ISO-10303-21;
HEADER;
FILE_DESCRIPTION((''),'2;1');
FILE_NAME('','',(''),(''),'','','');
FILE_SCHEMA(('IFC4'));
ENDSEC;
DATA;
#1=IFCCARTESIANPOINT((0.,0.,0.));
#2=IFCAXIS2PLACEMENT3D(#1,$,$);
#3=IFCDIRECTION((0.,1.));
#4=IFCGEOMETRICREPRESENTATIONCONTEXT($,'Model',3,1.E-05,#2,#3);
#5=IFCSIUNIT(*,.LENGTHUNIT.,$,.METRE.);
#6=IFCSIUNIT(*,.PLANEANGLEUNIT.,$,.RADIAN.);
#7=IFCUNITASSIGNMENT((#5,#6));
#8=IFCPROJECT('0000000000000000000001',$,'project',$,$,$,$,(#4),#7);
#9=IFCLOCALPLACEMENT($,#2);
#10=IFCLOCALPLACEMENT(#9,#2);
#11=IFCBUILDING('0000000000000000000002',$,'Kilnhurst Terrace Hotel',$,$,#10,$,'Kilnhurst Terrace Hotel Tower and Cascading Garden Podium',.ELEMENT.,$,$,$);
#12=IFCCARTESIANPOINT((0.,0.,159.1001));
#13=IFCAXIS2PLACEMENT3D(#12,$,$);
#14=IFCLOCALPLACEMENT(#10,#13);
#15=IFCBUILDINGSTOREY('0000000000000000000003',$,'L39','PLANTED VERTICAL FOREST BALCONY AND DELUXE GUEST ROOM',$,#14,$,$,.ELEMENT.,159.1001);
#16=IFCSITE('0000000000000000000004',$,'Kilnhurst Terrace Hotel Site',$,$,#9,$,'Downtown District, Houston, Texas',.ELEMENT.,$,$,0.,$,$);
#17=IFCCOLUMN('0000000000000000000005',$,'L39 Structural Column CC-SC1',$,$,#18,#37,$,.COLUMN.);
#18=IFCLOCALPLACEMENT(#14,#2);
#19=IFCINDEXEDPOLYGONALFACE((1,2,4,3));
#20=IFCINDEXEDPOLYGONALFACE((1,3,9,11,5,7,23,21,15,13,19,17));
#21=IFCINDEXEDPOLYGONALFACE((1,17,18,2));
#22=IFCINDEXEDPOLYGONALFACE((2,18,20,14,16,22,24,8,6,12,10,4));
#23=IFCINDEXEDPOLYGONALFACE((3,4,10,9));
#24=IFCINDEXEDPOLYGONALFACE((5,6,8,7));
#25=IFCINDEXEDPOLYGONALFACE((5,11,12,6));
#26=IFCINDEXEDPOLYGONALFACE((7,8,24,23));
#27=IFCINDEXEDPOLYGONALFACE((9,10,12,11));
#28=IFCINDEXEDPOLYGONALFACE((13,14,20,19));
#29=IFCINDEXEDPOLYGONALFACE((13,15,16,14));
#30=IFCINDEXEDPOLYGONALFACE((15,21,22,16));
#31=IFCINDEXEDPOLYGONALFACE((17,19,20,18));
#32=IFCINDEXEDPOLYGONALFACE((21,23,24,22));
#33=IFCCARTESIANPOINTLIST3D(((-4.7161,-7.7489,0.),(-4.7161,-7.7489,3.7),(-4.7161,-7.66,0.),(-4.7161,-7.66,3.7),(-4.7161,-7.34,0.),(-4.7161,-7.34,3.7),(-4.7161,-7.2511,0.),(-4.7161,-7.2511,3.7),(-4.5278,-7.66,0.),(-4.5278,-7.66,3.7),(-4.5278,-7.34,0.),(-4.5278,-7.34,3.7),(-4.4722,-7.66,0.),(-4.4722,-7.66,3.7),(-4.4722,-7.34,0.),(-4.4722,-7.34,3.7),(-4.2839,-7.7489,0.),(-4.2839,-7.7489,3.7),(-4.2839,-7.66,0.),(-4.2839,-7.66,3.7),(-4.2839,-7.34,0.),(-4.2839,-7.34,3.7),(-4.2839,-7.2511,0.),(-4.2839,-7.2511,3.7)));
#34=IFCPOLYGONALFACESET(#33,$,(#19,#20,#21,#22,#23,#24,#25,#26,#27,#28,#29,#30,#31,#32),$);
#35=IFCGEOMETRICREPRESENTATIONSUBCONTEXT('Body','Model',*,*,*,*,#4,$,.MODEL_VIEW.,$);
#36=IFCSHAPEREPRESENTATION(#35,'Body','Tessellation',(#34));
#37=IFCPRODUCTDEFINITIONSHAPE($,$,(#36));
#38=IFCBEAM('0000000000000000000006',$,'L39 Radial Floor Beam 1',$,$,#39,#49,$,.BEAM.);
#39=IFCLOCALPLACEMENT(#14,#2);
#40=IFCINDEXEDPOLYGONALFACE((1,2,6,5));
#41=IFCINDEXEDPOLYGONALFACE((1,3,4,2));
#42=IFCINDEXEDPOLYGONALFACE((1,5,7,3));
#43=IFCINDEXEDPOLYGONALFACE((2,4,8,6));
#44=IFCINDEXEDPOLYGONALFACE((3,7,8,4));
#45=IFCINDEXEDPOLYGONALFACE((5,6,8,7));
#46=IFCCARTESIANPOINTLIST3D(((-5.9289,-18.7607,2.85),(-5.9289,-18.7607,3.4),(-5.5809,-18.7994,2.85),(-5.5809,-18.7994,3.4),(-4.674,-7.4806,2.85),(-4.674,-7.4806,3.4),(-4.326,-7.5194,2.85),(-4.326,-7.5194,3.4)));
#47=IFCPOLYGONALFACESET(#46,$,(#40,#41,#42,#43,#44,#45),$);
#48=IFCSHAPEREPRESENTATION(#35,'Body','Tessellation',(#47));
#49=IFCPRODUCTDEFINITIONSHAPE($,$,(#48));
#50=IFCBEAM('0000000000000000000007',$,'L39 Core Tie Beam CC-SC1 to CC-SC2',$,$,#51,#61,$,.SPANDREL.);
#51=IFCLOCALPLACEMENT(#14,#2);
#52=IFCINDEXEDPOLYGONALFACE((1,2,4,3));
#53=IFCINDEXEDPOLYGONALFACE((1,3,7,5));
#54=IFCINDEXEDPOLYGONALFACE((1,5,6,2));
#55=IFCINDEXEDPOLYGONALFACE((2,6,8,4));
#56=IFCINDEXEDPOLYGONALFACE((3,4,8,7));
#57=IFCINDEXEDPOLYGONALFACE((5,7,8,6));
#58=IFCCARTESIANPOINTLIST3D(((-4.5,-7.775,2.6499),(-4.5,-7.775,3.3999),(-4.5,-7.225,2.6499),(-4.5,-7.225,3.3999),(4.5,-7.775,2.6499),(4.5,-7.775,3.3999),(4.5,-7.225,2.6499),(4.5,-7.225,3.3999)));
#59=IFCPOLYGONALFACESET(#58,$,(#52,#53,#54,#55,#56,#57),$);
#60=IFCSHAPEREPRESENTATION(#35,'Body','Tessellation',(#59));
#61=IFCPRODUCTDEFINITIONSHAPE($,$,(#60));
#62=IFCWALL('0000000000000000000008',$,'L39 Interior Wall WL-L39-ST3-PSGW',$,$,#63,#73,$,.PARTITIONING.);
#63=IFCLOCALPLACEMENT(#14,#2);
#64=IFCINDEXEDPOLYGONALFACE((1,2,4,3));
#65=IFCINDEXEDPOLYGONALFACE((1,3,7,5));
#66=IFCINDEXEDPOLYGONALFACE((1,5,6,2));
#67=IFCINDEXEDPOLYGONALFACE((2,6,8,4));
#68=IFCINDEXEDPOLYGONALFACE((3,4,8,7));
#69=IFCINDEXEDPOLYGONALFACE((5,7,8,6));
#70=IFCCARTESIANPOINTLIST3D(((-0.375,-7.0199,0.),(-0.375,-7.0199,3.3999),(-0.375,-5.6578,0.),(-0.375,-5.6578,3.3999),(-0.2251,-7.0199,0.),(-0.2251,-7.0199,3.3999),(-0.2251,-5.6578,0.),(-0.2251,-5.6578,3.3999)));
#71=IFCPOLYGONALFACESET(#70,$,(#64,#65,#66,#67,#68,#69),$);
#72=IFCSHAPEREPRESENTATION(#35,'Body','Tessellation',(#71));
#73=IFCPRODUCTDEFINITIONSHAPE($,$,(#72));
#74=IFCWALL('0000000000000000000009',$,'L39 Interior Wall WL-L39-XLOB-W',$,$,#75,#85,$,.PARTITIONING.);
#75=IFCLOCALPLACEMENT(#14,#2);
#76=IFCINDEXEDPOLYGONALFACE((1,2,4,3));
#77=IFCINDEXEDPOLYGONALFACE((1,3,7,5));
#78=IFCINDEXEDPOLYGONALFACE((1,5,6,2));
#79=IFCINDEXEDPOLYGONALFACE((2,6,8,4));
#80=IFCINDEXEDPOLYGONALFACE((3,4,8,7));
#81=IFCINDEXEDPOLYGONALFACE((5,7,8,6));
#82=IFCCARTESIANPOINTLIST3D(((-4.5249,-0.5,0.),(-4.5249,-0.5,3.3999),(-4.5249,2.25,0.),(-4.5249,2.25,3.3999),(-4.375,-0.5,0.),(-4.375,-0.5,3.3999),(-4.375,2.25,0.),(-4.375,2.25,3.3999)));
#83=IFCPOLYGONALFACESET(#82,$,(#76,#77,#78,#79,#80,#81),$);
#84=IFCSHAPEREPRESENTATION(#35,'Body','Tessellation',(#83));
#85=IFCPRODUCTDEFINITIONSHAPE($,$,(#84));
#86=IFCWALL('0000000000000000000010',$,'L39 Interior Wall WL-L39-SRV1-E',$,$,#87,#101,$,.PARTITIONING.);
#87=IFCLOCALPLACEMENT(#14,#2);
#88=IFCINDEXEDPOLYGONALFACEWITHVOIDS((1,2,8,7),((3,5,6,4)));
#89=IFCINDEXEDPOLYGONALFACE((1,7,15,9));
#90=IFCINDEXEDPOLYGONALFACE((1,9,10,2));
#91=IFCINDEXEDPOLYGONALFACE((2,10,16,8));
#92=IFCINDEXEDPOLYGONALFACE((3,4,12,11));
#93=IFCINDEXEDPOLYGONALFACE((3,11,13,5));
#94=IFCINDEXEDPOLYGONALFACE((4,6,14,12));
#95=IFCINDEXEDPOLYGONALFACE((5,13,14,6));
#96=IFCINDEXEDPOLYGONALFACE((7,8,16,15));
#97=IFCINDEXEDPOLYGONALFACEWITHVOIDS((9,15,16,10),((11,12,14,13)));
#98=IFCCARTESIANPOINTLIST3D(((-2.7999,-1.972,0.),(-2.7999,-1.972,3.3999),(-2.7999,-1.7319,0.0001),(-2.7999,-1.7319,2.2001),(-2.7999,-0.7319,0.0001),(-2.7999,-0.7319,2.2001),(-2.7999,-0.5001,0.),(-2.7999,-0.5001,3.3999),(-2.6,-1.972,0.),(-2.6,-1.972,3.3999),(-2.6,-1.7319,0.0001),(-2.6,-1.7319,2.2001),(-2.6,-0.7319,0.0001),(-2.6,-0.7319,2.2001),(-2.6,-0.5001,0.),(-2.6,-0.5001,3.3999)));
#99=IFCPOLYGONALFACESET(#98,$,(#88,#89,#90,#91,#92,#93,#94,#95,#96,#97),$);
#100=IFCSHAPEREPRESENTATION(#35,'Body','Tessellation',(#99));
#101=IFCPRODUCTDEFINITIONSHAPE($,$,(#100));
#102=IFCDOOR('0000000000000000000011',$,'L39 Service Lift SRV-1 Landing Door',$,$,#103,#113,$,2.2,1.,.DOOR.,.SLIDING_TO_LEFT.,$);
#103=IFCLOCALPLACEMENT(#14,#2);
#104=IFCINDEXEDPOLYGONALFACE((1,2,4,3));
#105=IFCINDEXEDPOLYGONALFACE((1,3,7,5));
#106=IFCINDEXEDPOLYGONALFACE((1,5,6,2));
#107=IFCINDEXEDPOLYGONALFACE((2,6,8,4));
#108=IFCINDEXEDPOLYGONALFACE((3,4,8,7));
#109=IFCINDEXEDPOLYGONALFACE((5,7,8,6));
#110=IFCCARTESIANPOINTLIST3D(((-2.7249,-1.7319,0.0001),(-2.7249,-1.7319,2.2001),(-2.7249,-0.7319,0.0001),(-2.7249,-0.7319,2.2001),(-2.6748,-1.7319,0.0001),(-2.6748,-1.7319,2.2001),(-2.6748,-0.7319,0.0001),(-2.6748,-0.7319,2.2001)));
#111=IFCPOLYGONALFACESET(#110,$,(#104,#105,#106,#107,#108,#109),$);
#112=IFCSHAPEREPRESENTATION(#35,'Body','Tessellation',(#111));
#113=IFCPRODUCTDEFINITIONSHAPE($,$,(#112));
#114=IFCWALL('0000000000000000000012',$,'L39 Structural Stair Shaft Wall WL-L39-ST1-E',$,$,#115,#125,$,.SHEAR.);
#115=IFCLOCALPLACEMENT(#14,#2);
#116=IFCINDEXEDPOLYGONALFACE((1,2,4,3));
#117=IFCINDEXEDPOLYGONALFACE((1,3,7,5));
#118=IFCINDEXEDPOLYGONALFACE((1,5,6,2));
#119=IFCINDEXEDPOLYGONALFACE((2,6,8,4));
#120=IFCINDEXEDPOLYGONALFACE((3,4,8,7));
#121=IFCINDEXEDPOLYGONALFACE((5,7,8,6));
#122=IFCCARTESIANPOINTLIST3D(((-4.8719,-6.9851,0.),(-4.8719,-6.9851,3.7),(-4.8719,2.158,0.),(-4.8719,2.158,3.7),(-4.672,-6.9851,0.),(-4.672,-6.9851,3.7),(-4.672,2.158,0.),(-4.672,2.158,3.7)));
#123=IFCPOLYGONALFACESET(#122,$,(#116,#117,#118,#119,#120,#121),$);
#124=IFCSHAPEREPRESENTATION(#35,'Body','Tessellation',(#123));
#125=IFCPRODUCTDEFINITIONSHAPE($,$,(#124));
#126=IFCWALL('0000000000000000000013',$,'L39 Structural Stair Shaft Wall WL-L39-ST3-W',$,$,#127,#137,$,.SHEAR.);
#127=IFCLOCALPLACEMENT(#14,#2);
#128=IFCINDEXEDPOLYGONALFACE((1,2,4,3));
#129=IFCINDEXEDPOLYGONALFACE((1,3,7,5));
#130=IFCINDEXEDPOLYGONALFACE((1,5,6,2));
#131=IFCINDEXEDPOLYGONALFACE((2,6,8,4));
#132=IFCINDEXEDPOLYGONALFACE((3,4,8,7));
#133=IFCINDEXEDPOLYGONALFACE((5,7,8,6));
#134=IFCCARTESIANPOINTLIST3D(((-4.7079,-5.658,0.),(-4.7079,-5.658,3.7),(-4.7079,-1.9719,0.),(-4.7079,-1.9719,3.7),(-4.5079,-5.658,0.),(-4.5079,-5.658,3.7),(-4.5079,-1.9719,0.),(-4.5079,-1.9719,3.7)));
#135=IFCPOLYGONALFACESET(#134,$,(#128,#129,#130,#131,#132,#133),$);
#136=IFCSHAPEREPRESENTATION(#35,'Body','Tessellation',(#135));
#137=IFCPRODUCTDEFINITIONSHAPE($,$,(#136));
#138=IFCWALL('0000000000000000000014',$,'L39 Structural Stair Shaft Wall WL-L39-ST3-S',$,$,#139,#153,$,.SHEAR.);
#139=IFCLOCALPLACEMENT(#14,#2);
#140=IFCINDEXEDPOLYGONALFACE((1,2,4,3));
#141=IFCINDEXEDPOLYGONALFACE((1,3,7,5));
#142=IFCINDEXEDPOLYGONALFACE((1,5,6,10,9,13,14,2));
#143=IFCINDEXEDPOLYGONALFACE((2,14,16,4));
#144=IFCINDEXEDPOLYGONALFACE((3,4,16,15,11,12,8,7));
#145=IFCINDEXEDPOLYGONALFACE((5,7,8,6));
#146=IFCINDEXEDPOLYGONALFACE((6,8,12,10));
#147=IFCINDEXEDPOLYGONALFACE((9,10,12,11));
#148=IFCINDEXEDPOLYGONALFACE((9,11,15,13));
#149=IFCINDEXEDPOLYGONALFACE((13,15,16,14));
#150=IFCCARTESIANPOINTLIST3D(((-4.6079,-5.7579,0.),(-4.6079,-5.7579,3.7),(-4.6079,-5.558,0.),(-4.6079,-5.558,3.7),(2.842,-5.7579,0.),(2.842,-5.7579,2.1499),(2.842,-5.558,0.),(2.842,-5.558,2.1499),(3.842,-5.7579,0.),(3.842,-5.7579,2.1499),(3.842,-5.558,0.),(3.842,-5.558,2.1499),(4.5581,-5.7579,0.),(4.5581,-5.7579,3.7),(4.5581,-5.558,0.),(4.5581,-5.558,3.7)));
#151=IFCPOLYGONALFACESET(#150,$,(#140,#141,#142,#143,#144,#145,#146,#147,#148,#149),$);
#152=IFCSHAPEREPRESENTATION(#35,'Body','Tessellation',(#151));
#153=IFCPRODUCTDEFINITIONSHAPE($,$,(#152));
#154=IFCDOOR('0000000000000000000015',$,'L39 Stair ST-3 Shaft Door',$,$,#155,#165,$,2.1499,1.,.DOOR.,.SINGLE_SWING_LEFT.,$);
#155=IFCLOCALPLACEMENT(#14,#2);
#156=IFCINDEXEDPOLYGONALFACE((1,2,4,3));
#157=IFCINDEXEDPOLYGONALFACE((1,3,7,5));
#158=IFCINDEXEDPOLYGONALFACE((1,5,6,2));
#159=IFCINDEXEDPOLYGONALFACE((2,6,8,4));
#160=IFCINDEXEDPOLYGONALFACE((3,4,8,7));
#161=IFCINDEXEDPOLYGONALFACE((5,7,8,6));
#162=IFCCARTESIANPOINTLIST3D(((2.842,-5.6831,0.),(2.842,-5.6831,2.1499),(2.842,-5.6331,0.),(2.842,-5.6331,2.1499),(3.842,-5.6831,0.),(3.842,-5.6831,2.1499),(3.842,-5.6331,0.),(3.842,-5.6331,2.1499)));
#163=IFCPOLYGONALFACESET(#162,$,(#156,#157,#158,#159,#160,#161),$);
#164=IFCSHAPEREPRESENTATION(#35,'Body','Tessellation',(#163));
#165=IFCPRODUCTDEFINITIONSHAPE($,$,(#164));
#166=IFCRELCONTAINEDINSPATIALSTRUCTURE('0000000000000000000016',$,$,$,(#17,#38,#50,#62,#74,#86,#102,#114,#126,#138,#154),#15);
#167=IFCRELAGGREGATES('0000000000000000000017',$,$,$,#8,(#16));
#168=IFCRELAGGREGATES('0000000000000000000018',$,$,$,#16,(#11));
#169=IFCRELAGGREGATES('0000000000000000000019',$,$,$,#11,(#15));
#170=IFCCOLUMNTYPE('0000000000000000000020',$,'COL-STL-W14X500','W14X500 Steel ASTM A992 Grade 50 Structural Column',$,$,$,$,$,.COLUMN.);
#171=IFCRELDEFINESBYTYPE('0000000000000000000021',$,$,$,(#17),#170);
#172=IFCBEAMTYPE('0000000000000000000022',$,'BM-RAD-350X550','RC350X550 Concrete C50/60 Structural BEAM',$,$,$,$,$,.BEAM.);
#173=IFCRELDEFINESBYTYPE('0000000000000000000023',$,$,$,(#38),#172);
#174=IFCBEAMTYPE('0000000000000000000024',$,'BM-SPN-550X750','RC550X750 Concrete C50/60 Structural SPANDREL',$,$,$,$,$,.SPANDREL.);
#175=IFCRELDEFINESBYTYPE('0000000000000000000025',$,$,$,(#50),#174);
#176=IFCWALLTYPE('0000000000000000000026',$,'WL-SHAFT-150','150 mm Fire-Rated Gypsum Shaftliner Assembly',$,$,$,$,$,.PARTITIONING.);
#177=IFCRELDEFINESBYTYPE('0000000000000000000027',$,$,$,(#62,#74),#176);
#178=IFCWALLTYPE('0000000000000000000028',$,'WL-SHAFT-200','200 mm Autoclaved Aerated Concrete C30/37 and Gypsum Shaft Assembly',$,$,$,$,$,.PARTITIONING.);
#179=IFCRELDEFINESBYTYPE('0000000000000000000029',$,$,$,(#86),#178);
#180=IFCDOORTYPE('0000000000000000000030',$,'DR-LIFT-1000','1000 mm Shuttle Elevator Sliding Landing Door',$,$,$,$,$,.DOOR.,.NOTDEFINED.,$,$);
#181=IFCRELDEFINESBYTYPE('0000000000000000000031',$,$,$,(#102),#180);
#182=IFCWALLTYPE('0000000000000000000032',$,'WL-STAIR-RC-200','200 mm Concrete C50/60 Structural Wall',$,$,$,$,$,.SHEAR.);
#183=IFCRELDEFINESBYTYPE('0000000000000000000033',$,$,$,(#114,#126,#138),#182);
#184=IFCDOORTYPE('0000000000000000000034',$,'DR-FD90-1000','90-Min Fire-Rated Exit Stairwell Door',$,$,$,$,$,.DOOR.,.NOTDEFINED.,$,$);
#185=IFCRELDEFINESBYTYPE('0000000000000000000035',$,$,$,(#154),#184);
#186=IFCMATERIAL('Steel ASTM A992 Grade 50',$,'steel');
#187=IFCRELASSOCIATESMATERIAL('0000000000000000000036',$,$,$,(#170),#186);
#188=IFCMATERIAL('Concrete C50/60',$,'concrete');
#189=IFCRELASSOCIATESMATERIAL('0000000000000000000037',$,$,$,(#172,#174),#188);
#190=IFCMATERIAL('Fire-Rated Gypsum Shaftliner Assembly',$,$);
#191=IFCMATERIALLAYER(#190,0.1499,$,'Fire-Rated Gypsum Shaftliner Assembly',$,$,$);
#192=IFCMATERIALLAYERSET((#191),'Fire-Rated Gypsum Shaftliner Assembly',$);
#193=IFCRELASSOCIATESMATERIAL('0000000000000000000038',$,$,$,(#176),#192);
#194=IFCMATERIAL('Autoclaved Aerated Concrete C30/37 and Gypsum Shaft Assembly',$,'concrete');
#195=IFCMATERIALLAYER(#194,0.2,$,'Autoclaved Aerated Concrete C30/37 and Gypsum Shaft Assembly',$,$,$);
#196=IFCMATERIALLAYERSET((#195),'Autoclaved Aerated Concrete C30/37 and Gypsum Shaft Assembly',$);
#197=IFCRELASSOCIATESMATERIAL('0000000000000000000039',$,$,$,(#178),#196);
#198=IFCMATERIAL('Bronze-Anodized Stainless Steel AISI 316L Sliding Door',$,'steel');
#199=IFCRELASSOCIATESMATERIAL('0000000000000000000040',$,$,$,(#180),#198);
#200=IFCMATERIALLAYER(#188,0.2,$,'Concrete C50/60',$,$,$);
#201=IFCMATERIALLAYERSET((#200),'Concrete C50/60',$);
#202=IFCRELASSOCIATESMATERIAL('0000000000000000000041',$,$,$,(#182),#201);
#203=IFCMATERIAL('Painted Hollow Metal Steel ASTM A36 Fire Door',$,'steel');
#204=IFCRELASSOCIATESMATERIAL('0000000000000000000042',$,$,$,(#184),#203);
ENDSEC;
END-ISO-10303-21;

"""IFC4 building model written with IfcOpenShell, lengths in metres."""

from ifc_helpers import new_model, si_unit, direction, frame, frame_2d, origin, origin_2d, place, context, subcontext, project, spatial, rectangle, i_section, extrude, material, layer, layer_set, material_profile, profile_set, type_object, element, fill, save


model = new_model("IFC4")

# Units and contexts
model_context = context("Model", 3, precision=1e-05, world=origin(), true_north=direction((0.0, 1.0)))
body_context = subcontext(model_context, "Body", "Model", "MODEL_VIEW")
ifc_project = project(units=[si_unit("LENGTHUNIT", "METRE"), si_unit("PLANEANGLEUNIT", "RADIAN")], contexts=[model_context])

# Site, building, storey
site_placement = place(None, origin())
site = spatial("IfcSite", under=ifc_project, at=site_placement, Name="Kilnhurst Terrace Hotel Site", LongName="Downtown District, Houston, Texas", CompositionType="ELEMENT", RefElevation=0.0)
building_placement = place(site_placement, origin())
building = spatial("IfcBuilding", under=site, at=building_placement, Name="Kilnhurst Terrace Hotel", LongName="Kilnhurst Terrace Hotel Tower and Cascading Garden Podium", CompositionType="ELEMENT")
storey_placement = place(building_placement, frame((0.0, 0.0, 159.1001)))
storey = spatial("IfcBuildingStorey", under=building, at=storey_placement, Name="L39", Description="PLANTED VERTICAL FOREST BALCONY AND DELUXE GUEST ROOM", CompositionType="ELEMENT", Elevation=159.1001)

# Column
ifc_material_1 = material(Name="Steel ASTM A992 Grade 50", Category="steel")
ifc_material_profile_1 = material_profile(ifc_material_1, i_section(OverallWidth=0.4321, OverallDepth=0.4978, WebThickness=0.0557, FlangeThickness=0.0889, at=origin_2d()), Name="W14X500")
ifc_profile_set_1 = profile_set([ifc_material_profile_1], Name="Steel ASTM A992 Grade 50")
column_type = type_object("IfcColumnType", Name="COL-STL-W14X500", Description="W14X500 Steel ASTM A992 Grade 50 Structural Column", PredefinedType="COLUMN", material=ifc_profile_set_1)
column_placement = place(storey_placement, frame((-4.5, -7.5, 0.0), z_axis=(0.0, 0.0, 1.0), x_axis=(1.0, 0.0, 0.0)))
element("IfcColumn", 1, at=column_placement, inside=storey, type_object=column_type, Name="L39 Structural Column CC-SC1", PredefinedType="COLUMN", context=body_context, shape_type="SweptSolid", body=[
    extrude(i_section(OverallWidth=0.4321, OverallDepth=0.4978, WebThickness=0.0557, FlangeThickness=0.0889, at=origin_2d()), origin(), (0.0, 0.0, 1.0), 3.7),
])

# Beams
ifc_material_2 = material(Name="Concrete C50/60", Category="concrete")
ifc_material_profile_2 = material_profile(ifc_material_2, rectangle(XDim=0.3501, YDim=0.55, at=origin_2d()), Name="RC350X550")
ifc_profile_set_2 = profile_set([ifc_material_profile_2], Name="Concrete C50/60")
beam_type_1 = type_object("IfcBeamType", Name="BM-RAD-350X550", Description="RC350X550 Concrete C50/60 Structural BEAM", PredefinedType="BEAM", material=ifc_profile_set_2)
beam_1_placement = place(storey_placement, frame((-4.5, -7.5, 3.125), z_axis=(-0.110566, -0.993869, 0.0), x_axis=(0.993869, -0.110566, 0.0)))
element("IfcBeam", 2, at=beam_1_placement, inside=storey, type_object=beam_type_1, Name="L39 Radial Floor Beam 1", PredefinedType="BEAM", context=body_context, shape_type="SweptSolid", body=[
    extrude(rectangle(XDim=0.3501, YDim=0.55, at=origin_2d()), origin(), (0.0, 0.0, 1.0), 11.3496),
])
ifc_material_profile_3 = material_profile(ifc_material_2, rectangle(XDim=0.55, YDim=0.75, at=origin_2d()), Name="RC550X750")
ifc_profile_set_3 = profile_set([ifc_material_profile_3], Name="Concrete C50/60")
beam_type_2 = type_object("IfcBeamType", Name="BM-SPN-550X750", Description="RC550X750 Concrete C50/60 Structural SPANDREL", PredefinedType="SPANDREL", material=ifc_profile_set_3)
beam_2_placement = place(storey_placement, frame((-4.5, -7.5, 3.0249), z_axis=(1.0, 0.0, 0.0), x_axis=(0.0, 1.0, 0.0)))
element("IfcBeam", 3, at=beam_2_placement, inside=storey, type_object=beam_type_2, Name="L39 Core Tie Beam CC-SC1 to CC-SC2", PredefinedType="SPANDREL", context=body_context, shape_type="SweptSolid", body=[
    extrude(rectangle(XDim=0.55, YDim=0.75, at=origin_2d()), origin(), (0.0, 0.0, 1.0), 9.0),
])

# Walls
ifc_material_3 = material(Name="Fire-Rated Gypsum Shaftliner Assembly")
ifc_layer_1 = layer(ifc_material_3, 0.1499, Name="Fire-Rated Gypsum Shaftliner Assembly")
ifc_layer_set_1 = layer_set([ifc_layer_1], Name="Fire-Rated Gypsum Shaftliner Assembly")
wall_type_1 = type_object("IfcWallType", Name="WL-SHAFT-150", Description="150 mm Fire-Rated Gypsum Shaftliner Assembly", PredefinedType="PARTITIONING", material=ifc_layer_set_1)
wall_1_placement = place(storey_placement, frame((-0.3, -7.02, 0.0), z_axis=(0.0, 0.0, 1.0), x_axis=(0.0, 1.0, 0.0)))
element("IfcWall", 4, at=wall_1_placement, inside=storey, type_object=wall_type_1, Name="L39 Interior Wall WL-L39-ST3-PSGW", PredefinedType="PARTITIONING", context=body_context, shape_type="SweptSolid", body=[
    extrude(rectangle(XDim=1.3621, YDim=0.1499, at=frame_2d((0.6812, 0.0))), origin(), (0.0, 0.0, 1.0), 3.3999),
])
wall_2_placement = place(storey_placement, frame((-4.45, -0.5, 0.0), z_axis=(0.0, 0.0, 1.0), x_axis=(0.0, 1.0, 0.0)))
element("IfcWall", 5, at=wall_2_placement, inside=storey, type_object=wall_type_1, Name="L39 Interior Wall WL-L39-XLOB-W", PredefinedType="PARTITIONING", context=body_context, shape_type="SweptSolid", body=[
    extrude(rectangle(XDim=2.75, YDim=0.1499, at=frame_2d((1.375, 0.0))), origin(), (0.0, 0.0, 1.0), 3.3999),
])

# Wall, opening, door
ifc_material_4 = material(Name="Autoclaved Aerated Concrete C30/37 and Gypsum Shaft Assembly", Category="concrete")
ifc_layer_2 = layer(ifc_material_4, 0.2, Name="Autoclaved Aerated Concrete C30/37 and Gypsum Shaft Assembly")
ifc_layer_set_2 = layer_set([ifc_layer_2], Name="Autoclaved Aerated Concrete C30/37 and Gypsum Shaft Assembly")
wall_type_2 = type_object("IfcWallType", Name="WL-SHAFT-200", Description="200 mm Autoclaved Aerated Concrete C30/37 and Gypsum Shaft Assembly", PredefinedType="PARTITIONING", material=ifc_layer_set_2)
wall_3_placement = place(storey_placement, frame((-2.7, -1.9719, 0.0), z_axis=(0.0, 0.0, 1.0), x_axis=(0.0, 1.0, 0.0)))
wall_3 = element("IfcWall", 6, at=wall_3_placement, inside=storey, type_object=wall_type_2, Name="L39 Interior Wall WL-L39-SRV1-E", PredefinedType="PARTITIONING", context=body_context, shape_type="SweptSolid", body=[
    extrude(rectangle(XDim=1.4719, YDim=0.2, at=frame_2d((0.7358, 0.0))), origin(), (0.0, 0.0, 1.0), 3.3999),
])
opening_1_placement = place(wall_3_placement, frame((0.24, 0.0, 0.0)))
opening_1 = element("IfcOpeningElement", 7, at=opening_1_placement, cuts=wall_3, PredefinedType="OPENING", context=body_context, shape_type="SweptSolid", body=[
    extrude(rectangle(XDim=1.0, YDim=2.2, at=frame_2d((0.5, 1.1001))), frame((0.0, 0.1099, 0.0), z_axis=(0.0, -1.0, 0.0), x_axis=(1.0, 0.0, 0.0)), (0.0, 0.0, 1.0), 0.22),
])
ifc_material_5 = material(Name="Bronze-Anodized Stainless Steel AISI 316L Sliding Door", Category="steel")
door_type_1 = type_object("IfcDoorType", Name="DR-LIFT-1000", Description="1000 mm Shuttle Elevator Sliding Landing Door", OperationType="NOTDEFINED", PredefinedType="DOOR", material=ifc_material_5)
door_1_placement = place(opening_1_placement, origin())
door_1 = element("IfcDoor", 8, at=door_1_placement, inside=storey, type_object=door_type_1, Name="L39 Service Lift SRV-1 Landing Door", OperationType="SLIDING_TO_LEFT", OverallHeight=2.2, OverallWidth=1.0, PredefinedType="DOOR", context=body_context, shape_type="SweptSolid", body=[
    extrude(rectangle(XDim=1.0, YDim=2.2, at=frame_2d((0.5, 1.1001))), frame((0.0, 0.0249, 0.0), z_axis=(0.0, -1.0, 0.0), x_axis=(1.0, 0.0, 0.0)), (0.0, 0.0, 1.0), 0.05),
])
fill(opening_1, door_1)

# Walls
ifc_layer_3 = layer(ifc_material_2, 0.2, Name="Concrete C50/60")
ifc_layer_set_3 = layer_set([ifc_layer_3], Name="Concrete C50/60")
wall_type_3 = type_object("IfcWallType", Name="WL-STAIR-RC-200", Description="200 mm Concrete C50/60 Structural Wall", PredefinedType="SHEAR", material=ifc_layer_set_3)
wall_4_placement = place(storey_placement, frame((-4.772, -6.9851, 0.0), z_axis=(0.0, 0.0, 1.0), x_axis=(0.0, 1.0, 0.0)))
element("IfcWall", 9, at=wall_4_placement, inside=storey, type_object=wall_type_3, Name="L39 Structural Stair Shaft Wall WL-L39-ST1-E", PredefinedType="SHEAR", context=body_context, shape_type="SweptSolid", body=[
    extrude(rectangle(XDim=9.1431, YDim=0.2, at=frame_2d((4.5715, 0.0))), origin(), (0.0, 0.0, 1.0), 3.7),
])
wall_5_placement = place(storey_placement, frame((-4.6079, -5.658, 0.0), z_axis=(0.0, 0.0, 1.0), x_axis=(0.0, 1.0, 0.0)))
element("IfcWall", 10, at=wall_5_placement, inside=storey, type_object=wall_type_3, Name="L39 Structural Stair Shaft Wall WL-L39-ST3-W", PredefinedType="SHEAR", context=body_context, shape_type="SweptSolid", body=[
    extrude(rectangle(XDim=3.686, YDim=0.2, at=frame_2d((1.843, 0.0))), origin(), (0.0, 0.0, 1.0), 3.7),
])

# Wall, opening, door
wall_6_placement = place(storey_placement, frame((-4.6079, -5.658, 0.0), z_axis=(0.0, 0.0, 1.0), x_axis=(1.0, 0.0, 0.0)))
wall_6 = element("IfcWall", 11, at=wall_6_placement, inside=storey, type_object=wall_type_3, Name="L39 Structural Stair Shaft Wall WL-L39-ST3-S", PredefinedType="SHEAR", context=body_context, shape_type="SweptSolid", body=[
    extrude(rectangle(XDim=9.166, YDim=0.2, at=frame_2d((4.583, 0.0))), origin(), (0.0, 0.0, 1.0), 3.7),
])
opening_2_placement = place(wall_6_placement, frame((7.45, 0.0, 0.0)))
opening_2 = element("IfcOpeningElement", 12, at=opening_2_placement, cuts=wall_6, PredefinedType="OPENING", context=body_context, shape_type="SweptSolid", body=[
    extrude(rectangle(XDim=1.0, YDim=2.1499, at=frame_2d((0.5, 1.075))), frame((0.0, 0.1099, 0.0), z_axis=(0.0, -1.0, 0.0), x_axis=(1.0, 0.0, 0.0)), (0.0, 0.0, 1.0), 0.22),
])
ifc_material_6 = material(Name="Painted Hollow Metal Steel ASTM A36 Fire Door", Category="steel")
door_type_2 = type_object("IfcDoorType", Name="DR-FD90-1000", Description="90-Min Fire-Rated Exit Stairwell Door", OperationType="NOTDEFINED", PredefinedType="DOOR", material=ifc_material_6)
door_2_placement = place(opening_2_placement, origin())
door_2 = element("IfcDoor", 13, at=door_2_placement, inside=storey, type_object=door_type_2, Name="L39 Stair ST-3 Shaft Door", OperationType="SINGLE_SWING_LEFT", OverallHeight=2.1499, OverallWidth=1.0, PredefinedType="DOOR", context=body_context, shape_type="SweptSolid", body=[
    extrude(rectangle(XDim=1.0, YDim=2.1499, at=frame_2d((0.5, 1.075))), frame((0.0, 0.0249, 0.0), z_axis=(0.0, -1.0, 0.0), x_axis=(1.0, 0.0, 0.0)), (0.0, 0.0, 1.0), 0.05),
])
fill(opening_2, door_2)

save(model, "model.ifc")
